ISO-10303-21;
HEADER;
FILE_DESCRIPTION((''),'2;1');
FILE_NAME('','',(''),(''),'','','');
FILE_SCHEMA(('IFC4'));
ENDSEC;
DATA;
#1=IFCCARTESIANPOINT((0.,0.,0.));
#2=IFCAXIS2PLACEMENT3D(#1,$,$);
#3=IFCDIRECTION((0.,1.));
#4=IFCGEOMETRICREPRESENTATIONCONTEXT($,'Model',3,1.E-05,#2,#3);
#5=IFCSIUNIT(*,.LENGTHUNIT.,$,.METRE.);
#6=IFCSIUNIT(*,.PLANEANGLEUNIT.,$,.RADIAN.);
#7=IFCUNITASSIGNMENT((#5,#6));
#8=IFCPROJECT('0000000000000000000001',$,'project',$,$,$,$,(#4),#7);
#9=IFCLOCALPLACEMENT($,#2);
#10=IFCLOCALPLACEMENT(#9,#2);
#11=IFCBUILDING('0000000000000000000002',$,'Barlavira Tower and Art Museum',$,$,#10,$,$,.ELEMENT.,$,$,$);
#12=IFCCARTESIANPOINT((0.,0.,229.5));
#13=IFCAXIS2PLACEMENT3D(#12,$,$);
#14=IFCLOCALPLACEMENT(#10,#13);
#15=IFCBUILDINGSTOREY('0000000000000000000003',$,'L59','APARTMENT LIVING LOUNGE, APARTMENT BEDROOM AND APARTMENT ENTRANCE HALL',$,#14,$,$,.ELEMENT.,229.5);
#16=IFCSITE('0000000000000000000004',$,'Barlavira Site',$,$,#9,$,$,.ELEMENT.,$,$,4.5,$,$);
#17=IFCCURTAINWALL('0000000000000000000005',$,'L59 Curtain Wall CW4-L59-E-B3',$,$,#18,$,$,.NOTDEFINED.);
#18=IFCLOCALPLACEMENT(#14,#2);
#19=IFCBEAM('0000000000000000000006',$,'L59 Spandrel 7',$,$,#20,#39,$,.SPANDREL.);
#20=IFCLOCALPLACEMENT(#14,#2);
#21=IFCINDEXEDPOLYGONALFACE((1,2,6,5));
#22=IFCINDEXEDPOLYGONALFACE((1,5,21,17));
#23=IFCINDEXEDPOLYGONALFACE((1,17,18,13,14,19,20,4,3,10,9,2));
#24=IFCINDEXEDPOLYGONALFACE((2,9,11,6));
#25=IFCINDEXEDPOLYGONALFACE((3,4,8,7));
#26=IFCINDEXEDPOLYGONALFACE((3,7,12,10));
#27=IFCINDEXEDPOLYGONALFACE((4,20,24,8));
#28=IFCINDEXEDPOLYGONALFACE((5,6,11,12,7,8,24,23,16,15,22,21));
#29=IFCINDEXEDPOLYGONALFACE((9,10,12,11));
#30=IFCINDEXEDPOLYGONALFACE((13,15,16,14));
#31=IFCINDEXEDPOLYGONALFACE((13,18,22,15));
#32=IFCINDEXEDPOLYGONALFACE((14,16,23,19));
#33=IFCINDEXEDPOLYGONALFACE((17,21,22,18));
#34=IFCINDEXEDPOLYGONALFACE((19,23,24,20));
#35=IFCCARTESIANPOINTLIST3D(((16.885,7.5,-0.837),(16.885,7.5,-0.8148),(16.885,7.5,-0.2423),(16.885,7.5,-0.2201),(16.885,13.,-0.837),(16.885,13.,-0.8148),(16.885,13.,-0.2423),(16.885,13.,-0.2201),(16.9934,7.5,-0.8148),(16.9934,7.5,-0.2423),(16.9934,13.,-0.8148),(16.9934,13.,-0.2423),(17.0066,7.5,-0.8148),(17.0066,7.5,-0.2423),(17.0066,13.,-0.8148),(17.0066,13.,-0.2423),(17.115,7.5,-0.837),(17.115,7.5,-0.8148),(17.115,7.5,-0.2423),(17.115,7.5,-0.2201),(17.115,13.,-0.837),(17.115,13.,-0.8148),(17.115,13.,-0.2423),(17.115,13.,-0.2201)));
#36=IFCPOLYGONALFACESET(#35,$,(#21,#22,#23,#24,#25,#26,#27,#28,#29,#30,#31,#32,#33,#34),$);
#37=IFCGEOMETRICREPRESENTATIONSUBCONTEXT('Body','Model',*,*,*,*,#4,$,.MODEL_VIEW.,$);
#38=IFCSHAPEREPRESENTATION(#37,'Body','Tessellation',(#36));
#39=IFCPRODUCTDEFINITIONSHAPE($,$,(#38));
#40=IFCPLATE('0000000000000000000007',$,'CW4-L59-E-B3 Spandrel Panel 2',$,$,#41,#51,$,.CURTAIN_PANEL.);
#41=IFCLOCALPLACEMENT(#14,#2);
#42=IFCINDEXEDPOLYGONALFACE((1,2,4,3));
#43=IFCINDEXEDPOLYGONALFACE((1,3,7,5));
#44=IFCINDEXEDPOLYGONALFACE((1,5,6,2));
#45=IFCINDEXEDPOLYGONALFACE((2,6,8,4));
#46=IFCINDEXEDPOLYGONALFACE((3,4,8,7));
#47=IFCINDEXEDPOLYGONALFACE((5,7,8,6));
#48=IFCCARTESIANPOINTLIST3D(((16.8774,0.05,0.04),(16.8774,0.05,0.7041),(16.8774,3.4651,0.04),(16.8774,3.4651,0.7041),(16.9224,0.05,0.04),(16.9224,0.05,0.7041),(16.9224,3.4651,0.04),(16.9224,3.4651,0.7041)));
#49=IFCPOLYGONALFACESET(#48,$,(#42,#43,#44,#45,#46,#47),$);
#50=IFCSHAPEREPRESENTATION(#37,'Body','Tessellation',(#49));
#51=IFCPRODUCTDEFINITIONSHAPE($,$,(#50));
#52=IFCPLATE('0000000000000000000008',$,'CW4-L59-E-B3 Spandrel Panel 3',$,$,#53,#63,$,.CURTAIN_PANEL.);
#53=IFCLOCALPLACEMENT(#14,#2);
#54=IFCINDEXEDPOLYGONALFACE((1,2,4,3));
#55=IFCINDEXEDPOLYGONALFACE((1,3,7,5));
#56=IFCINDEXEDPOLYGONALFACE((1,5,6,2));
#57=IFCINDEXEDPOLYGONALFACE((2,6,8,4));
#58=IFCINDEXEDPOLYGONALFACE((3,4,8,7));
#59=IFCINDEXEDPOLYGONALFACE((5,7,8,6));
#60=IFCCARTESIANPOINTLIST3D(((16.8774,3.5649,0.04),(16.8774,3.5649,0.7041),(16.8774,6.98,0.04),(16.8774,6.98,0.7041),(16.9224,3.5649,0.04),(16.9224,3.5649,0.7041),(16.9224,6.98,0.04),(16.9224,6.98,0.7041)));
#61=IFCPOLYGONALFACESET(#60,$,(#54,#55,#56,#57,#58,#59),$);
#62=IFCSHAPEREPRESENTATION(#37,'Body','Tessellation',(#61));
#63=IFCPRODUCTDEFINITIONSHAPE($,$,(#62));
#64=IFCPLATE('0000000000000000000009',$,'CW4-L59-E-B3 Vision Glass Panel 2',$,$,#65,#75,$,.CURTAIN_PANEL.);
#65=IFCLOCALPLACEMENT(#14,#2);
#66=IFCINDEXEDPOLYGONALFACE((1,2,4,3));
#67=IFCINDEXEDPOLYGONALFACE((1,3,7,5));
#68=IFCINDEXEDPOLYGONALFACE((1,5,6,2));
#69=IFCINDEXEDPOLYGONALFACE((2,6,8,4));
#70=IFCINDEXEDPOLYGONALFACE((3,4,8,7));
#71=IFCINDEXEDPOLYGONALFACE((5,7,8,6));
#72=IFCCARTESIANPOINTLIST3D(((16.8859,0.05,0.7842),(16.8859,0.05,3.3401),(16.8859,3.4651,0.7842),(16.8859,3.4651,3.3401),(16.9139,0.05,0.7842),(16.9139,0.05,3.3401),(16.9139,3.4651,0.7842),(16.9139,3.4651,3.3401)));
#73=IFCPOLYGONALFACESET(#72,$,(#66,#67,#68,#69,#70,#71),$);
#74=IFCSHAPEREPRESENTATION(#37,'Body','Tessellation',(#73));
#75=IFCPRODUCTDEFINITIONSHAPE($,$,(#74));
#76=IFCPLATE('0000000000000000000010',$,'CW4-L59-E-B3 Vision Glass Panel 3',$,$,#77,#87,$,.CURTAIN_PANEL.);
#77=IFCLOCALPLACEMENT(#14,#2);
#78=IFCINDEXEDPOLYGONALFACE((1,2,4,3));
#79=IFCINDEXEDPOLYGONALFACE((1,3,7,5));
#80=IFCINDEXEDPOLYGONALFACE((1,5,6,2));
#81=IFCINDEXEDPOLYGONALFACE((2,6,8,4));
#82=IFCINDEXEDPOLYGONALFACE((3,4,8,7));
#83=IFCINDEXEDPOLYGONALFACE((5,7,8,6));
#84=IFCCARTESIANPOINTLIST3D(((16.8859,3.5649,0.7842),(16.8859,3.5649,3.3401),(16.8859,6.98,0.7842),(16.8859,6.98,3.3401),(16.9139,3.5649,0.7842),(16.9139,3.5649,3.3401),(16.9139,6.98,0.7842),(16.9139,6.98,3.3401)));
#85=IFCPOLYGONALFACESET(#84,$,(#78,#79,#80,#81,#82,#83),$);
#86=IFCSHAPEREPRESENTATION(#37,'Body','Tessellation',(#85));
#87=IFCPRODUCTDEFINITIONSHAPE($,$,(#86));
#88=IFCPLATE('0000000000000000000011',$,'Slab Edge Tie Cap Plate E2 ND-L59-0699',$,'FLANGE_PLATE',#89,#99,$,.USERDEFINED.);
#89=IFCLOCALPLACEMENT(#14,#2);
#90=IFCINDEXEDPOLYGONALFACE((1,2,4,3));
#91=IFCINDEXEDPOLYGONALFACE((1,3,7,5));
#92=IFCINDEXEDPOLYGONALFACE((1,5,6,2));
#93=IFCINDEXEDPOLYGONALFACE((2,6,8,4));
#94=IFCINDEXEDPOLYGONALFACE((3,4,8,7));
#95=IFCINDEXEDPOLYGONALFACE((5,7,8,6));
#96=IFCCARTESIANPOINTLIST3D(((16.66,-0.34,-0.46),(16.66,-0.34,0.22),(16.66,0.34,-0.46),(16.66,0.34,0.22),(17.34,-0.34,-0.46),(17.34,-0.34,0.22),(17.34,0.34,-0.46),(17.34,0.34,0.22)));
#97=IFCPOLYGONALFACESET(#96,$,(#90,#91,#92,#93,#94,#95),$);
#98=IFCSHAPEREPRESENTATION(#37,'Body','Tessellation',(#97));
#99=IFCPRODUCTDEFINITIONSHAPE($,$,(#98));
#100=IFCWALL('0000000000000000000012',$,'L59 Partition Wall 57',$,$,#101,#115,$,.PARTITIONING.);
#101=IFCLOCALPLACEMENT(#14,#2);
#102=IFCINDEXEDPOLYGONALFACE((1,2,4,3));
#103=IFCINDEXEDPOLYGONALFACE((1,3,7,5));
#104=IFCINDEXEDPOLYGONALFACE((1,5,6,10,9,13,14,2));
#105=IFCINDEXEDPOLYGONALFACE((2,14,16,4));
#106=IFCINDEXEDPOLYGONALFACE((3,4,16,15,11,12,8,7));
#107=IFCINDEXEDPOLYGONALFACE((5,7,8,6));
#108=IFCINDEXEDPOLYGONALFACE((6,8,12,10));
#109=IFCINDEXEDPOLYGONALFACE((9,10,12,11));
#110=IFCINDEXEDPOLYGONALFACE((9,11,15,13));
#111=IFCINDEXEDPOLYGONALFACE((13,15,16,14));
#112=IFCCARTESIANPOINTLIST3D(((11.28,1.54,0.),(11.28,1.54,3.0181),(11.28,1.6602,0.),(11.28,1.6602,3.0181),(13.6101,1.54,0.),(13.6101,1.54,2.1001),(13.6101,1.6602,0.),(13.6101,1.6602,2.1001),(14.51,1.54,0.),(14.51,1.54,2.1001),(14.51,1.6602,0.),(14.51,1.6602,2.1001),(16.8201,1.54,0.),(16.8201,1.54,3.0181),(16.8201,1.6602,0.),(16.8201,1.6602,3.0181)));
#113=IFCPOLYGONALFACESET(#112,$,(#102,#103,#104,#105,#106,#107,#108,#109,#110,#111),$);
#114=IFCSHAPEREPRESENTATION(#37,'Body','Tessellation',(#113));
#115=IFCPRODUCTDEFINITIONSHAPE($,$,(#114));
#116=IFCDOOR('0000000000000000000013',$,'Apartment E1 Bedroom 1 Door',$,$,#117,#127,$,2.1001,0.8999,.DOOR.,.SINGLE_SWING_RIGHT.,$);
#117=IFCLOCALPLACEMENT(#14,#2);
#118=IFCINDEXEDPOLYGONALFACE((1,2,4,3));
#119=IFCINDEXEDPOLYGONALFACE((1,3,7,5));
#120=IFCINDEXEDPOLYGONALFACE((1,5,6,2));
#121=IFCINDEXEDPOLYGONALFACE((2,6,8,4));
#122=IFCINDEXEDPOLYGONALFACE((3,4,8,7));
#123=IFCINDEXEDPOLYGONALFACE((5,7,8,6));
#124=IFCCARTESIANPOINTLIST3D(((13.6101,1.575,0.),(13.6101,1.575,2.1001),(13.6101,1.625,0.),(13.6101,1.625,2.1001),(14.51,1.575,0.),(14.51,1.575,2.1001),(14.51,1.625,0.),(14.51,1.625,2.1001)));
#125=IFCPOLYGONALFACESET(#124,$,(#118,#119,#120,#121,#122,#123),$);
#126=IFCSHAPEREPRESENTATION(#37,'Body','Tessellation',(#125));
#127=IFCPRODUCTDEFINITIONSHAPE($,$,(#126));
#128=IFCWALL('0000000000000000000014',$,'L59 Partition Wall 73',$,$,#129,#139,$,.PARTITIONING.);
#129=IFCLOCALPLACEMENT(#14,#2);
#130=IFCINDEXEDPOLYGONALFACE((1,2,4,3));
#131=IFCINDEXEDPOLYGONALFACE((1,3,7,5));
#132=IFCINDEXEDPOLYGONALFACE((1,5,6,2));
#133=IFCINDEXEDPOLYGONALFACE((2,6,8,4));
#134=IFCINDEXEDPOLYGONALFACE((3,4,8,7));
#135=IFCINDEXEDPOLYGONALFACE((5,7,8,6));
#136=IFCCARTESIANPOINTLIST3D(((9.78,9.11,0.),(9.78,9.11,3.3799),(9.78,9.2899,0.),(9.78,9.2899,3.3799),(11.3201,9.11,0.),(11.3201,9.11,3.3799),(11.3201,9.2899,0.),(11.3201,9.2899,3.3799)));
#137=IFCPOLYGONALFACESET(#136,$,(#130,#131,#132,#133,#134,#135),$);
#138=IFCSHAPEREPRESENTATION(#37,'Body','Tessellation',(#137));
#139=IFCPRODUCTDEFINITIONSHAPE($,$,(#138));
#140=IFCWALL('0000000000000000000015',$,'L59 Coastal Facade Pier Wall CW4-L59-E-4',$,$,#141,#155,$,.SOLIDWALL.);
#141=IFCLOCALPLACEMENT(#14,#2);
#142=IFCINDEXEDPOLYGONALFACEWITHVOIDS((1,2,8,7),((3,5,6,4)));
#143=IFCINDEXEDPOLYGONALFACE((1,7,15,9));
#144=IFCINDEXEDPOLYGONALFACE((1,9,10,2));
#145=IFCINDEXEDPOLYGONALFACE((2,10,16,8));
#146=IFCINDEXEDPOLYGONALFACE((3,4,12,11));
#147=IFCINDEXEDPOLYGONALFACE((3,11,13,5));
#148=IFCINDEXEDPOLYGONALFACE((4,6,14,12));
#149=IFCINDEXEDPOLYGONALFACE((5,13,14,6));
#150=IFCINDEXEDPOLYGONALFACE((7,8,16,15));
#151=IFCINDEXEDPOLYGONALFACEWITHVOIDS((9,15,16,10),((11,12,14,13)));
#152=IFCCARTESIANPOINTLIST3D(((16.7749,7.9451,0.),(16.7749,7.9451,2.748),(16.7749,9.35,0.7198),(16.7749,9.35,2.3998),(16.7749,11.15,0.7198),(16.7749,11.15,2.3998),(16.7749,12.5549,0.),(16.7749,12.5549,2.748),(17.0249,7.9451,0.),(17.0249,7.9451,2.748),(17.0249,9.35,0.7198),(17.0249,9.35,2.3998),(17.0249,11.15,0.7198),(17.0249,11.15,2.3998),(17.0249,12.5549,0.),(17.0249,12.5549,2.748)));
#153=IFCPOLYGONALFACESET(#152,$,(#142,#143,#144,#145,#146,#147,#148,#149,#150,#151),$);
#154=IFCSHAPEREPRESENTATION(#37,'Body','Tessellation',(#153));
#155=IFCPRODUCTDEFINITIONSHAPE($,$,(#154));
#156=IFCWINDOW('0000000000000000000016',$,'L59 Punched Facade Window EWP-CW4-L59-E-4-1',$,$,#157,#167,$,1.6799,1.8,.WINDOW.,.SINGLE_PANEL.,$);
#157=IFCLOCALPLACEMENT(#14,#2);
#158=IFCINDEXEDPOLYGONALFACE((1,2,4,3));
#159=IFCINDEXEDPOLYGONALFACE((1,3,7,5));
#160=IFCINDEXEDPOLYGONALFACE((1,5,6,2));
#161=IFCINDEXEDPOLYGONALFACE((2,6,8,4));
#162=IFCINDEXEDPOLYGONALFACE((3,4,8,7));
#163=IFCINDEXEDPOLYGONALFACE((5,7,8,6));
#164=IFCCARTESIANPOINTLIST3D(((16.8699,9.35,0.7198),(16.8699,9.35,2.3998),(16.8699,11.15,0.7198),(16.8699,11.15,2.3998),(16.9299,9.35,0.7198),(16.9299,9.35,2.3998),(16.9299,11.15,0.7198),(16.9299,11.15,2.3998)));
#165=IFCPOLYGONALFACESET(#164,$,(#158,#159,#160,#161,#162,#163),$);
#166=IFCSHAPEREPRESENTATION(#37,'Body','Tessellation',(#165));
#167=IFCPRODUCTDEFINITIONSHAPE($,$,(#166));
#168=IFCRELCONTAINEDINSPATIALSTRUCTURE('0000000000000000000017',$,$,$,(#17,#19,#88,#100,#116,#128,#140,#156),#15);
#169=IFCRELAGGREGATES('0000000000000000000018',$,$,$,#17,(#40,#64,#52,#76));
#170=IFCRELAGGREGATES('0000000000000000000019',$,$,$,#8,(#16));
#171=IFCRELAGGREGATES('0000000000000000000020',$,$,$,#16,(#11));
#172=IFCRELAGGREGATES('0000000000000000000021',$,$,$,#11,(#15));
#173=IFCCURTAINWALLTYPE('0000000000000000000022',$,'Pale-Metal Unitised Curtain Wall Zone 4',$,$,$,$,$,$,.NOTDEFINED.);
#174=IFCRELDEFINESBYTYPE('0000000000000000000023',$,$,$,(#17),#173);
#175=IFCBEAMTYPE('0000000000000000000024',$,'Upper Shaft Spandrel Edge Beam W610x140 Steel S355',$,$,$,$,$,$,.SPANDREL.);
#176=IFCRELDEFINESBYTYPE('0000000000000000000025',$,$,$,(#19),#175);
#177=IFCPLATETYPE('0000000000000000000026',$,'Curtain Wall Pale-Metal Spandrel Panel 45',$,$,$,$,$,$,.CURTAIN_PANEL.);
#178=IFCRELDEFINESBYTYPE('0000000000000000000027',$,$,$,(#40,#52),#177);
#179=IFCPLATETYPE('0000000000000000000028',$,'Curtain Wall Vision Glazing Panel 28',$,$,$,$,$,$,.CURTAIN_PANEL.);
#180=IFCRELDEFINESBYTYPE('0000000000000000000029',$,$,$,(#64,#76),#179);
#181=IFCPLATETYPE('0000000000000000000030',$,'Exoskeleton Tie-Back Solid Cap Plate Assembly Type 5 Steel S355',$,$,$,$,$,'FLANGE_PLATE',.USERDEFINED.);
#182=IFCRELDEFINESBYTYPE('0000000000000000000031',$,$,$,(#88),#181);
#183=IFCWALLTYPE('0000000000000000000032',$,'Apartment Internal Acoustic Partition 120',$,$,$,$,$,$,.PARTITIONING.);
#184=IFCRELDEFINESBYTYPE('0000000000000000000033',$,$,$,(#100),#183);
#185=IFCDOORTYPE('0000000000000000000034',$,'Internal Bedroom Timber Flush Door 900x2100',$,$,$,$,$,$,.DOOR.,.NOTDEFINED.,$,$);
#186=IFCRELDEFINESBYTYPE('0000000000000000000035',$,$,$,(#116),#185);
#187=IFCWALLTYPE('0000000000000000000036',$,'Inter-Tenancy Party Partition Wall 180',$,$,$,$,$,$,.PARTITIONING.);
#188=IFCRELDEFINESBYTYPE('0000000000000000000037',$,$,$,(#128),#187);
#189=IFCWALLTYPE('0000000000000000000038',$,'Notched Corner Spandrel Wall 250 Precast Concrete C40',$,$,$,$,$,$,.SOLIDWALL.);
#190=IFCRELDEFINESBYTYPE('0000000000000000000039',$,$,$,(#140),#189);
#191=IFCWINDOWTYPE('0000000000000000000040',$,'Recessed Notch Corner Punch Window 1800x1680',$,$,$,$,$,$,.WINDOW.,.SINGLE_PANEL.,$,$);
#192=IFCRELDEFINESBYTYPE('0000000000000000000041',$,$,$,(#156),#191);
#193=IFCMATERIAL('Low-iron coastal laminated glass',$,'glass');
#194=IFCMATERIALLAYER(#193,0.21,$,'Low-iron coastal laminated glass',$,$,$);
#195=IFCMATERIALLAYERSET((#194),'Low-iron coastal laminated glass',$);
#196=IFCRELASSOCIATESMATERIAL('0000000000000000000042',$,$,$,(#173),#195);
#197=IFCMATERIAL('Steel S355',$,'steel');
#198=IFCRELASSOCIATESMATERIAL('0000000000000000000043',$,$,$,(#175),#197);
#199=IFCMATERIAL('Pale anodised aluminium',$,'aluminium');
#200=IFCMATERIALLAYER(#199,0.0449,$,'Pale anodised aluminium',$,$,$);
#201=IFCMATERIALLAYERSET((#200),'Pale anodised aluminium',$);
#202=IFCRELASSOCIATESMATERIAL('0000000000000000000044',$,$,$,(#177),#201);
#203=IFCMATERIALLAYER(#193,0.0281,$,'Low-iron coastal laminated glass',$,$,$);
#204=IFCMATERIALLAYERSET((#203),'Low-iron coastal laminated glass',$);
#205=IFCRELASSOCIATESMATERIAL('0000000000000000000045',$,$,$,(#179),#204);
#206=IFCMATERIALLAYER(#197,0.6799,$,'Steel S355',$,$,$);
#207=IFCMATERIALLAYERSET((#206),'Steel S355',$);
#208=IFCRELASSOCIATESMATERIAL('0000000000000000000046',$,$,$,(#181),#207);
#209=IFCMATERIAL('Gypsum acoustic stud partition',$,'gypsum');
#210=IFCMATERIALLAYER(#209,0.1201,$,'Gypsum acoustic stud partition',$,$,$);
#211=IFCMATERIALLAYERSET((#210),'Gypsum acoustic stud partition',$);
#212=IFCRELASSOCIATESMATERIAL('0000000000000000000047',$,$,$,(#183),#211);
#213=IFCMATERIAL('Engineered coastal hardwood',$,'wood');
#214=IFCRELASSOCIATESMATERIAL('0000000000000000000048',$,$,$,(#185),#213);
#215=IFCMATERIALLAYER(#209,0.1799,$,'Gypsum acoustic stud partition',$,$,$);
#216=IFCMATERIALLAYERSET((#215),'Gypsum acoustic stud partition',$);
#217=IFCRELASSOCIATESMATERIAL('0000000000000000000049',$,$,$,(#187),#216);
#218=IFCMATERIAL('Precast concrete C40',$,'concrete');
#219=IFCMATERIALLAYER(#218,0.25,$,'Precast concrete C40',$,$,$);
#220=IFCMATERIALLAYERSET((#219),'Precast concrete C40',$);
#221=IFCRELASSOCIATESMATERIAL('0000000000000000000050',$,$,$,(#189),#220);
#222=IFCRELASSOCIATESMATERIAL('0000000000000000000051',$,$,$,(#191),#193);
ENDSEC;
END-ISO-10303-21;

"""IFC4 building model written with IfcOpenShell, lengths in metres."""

from ifc_helpers import new_model, si_unit, direction, frame, frame_2d, origin, origin_2d, place, context, subcontext, project, spatial, rectangle, i_section, extrude, material, layer, layer_set, material_profile, profile_set, type_object, element, fill, aggregate, save


model = new_model("IFC4")

# Units and contexts
model_context = context("Model", 3, precision=1e-05, world=origin(), true_north=direction((0.0, 1.0)))
body_context = subcontext(model_context, "Body", "Model", "MODEL_VIEW")
ifc_project = project(units=[si_unit("LENGTHUNIT", "METRE"), si_unit("PLANEANGLEUNIT", "RADIAN")], contexts=[model_context])

# Site, building, storey
site_placement = place(None, origin())
site = spatial("IfcSite", under=ifc_project, at=site_placement, Name="Barlavira Site", CompositionType="ELEMENT", RefElevation=4.5)
building_placement = place(site_placement, origin())
building = spatial("IfcBuilding", under=site, at=building_placement, Name="Barlavira Tower and Art Museum", CompositionType="ELEMENT")
storey_placement = place(building_placement, frame((0.0, 0.0, 229.5)))
storey = spatial("IfcBuildingStorey", under=building, at=storey_placement, Name="L59", Description="APARTMENT LIVING LOUNGE, APARTMENT BEDROOM AND APARTMENT ENTRANCE HALL", CompositionType="ELEMENT", Elevation=229.5)

# Curtain wall
ifc_material_1 = material(Name="Low-iron coastal laminated glass", Category="glass")
ifc_layer_1 = layer(ifc_material_1, 0.21, Name="Low-iron coastal laminated glass")
ifc_layer_set_1 = layer_set([ifc_layer_1], Name="Low-iron coastal laminated glass")
curtain_wall_type = type_object("IfcCurtainWallType", Name="Pale-Metal Unitised Curtain Wall Zone 4", PredefinedType="NOTDEFINED", material=ifc_layer_set_1)
curtain_wall_placement = place(storey_placement, origin())
curtain_wall = element("IfcCurtainWall", 1, at=curtain_wall_placement, inside=storey, type_object=curtain_wall_type, Name="L59 Curtain Wall CW4-L59-E-B3", PredefinedType="NOTDEFINED")
ifc_material_2 = material(Name="Pale anodised aluminium", Category="aluminium")

# Shared definitions
ifc_material_3 = material(Name="Steel S355", Category="steel")

# Beam
ifc_material_profile_1 = material_profile(ifc_material_3, i_section(OverallWidth=0.23, OverallDepth=0.6169, WebThickness=0.0132, FlangeThickness=0.0222, at=origin_2d()), Name="W610x140.0")
ifc_profile_set_1 = profile_set([ifc_material_profile_1], Name="Steel S355")
beam_type = type_object("IfcBeamType", Name="Upper Shaft Spandrel Edge Beam W610x140 Steel S355", PredefinedType="SPANDREL", material=ifc_profile_set_1)
beam_placement = place(storey_placement, frame((17.0, 7.5, -0.5286), z_axis=(0.0, 1.0, 0.0), x_axis=(-1.0, 0.0, 0.0)))
element("IfcBeam", 2, at=beam_placement, inside=storey, type_object=beam_type, Name="L59 Spandrel 7", PredefinedType="SPANDREL", context=body_context, shape_type="SweptSolid", body=[
    extrude(i_section(OverallWidth=0.23, OverallDepth=0.6169, WebThickness=0.0132, FlangeThickness=0.0222, at=origin_2d()), origin(), (0.0, 0.0, 1.0), 5.5),
])

# Plates
ifc_layer_2 = layer(ifc_material_2, 0.0449, Name="Pale anodised aluminium")
ifc_layer_set_2 = layer_set([ifc_layer_2], Name="Pale anodised aluminium")
plate_type_1 = type_object("IfcPlateType", Name="Curtain Wall Pale-Metal Spandrel Panel 45", PredefinedType="CURTAIN_PANEL", material=ifc_layer_set_2)
plate_1_placement = place(storey_placement, frame((16.8999, 1.7576, 0.04), z_axis=(0.0, 0.0, 1.0), x_axis=(0.0, 1.0, 0.0)))
plate_1 = element("IfcPlate", 3, at=plate_1_placement, type_object=plate_type_1, Name="CW4-L59-E-B3 Spandrel Panel 2", PredefinedType="CURTAIN_PANEL", context=body_context, shape_type="SweptSolid", body=[
    extrude(rectangle(XDim=3.415, YDim=0.0449, at=origin_2d()), origin(), (0.0, 0.0, 1.0), 0.6641),
])
plate_2_placement = place(storey_placement, frame((16.8999, 5.2725, 0.04), z_axis=(0.0, 0.0, 1.0), x_axis=(0.0, 1.0, 0.0)))
plate_2 = element("IfcPlate", 4, at=plate_2_placement, type_object=plate_type_1, Name="CW4-L59-E-B3 Spandrel Panel 3", PredefinedType="CURTAIN_PANEL", context=body_context, shape_type="SweptSolid", body=[
    extrude(rectangle(XDim=3.415, YDim=0.0449, at=origin_2d()), origin(), (0.0, 0.0, 1.0), 0.6641),
])
ifc_layer_3 = layer(ifc_material_1, 0.0281, Name="Low-iron coastal laminated glass")
ifc_layer_set_3 = layer_set([ifc_layer_3], Name="Low-iron coastal laminated glass")
plate_type_2 = type_object("IfcPlateType", Name="Curtain Wall Vision Glazing Panel 28", PredefinedType="CURTAIN_PANEL", material=ifc_layer_set_3)
plate_3_placement = place(storey_placement, frame((16.8999, 1.7576, 0.7842), z_axis=(0.0, 0.0, 1.0), x_axis=(0.0, 1.0, 0.0)))
plate_3 = element("IfcPlate", 5, at=plate_3_placement, type_object=plate_type_2, Name="CW4-L59-E-B3 Vision Glass Panel 2", PredefinedType="CURTAIN_PANEL", context=body_context, shape_type="SweptSolid", body=[
    extrude(rectangle(XDim=3.415, YDim=0.0281, at=origin_2d()), origin(), (0.0, 0.0, 1.0), 2.5559),
])
plate_4_placement = place(storey_placement, frame((16.8999, 5.2725, 0.7842), z_axis=(0.0, 0.0, 1.0), x_axis=(0.0, 1.0, 0.0)))
plate_4 = element("IfcPlate", 6, at=plate_4_placement, type_object=plate_type_2, Name="CW4-L59-E-B3 Vision Glass Panel 3", PredefinedType="CURTAIN_PANEL", context=body_context, shape_type="SweptSolid", body=[
    extrude(rectangle(XDim=3.415, YDim=0.0281, at=origin_2d()), origin(), (0.0, 0.0, 1.0), 2.5559),
])
aggregate(curtain_wall, [plate_1, plate_3, plate_2, plate_4])
ifc_layer_4 = layer(ifc_material_3, 0.6799, Name="Steel S355")
ifc_layer_set_4 = layer_set([ifc_layer_4], Name="Steel S355")
plate_type_3 = type_object("IfcPlateType", Name="Exoskeleton Tie-Back Solid Cap Plate Assembly Type 5 Steel S355", ElementType="FLANGE_PLATE", PredefinedType="USERDEFINED", material=ifc_layer_set_4)
plate_5_placement = place(storey_placement, frame((17.0, 0.0, -0.46), z_axis=(0.0, 0.0, 1.0), x_axis=(1.0, 0.0, 0.0)))
element("IfcPlate", 7, at=plate_5_placement, inside=storey, type_object=plate_type_3, Name="Slab Edge Tie Cap Plate E2 ND-L59-0699", ObjectType="FLANGE_PLATE", PredefinedType="USERDEFINED", context=body_context, shape_type="SweptSolid", body=[
    extrude(rectangle(XDim=0.6799, YDim=0.6799, at=origin_2d()), origin(), (0.0, 0.0, 1.0), 0.6799),
])

# Wall, opening, door
ifc_material_4 = material(Name="Gypsum acoustic stud partition", Category="gypsum")
ifc_layer_5 = layer(ifc_material_4, 0.1201, Name="Gypsum acoustic stud partition")
ifc_layer_set_5 = layer_set([ifc_layer_5], Name="Gypsum acoustic stud partition")
wall_type_1 = type_object("IfcWallType", Name="Apartment Internal Acoustic Partition 120", PredefinedType="PARTITIONING", material=ifc_layer_set_5)
wall_1_placement = place(storey_placement, frame((11.28, 1.6001, 0.0), z_axis=(0.0, 0.0, 1.0), x_axis=(1.0, 0.0, 0.0)))
wall_1 = element("IfcWall", 8, at=wall_1_placement, inside=storey, type_object=wall_type_1, Name="L59 Partition Wall 57", PredefinedType="PARTITIONING", context=body_context, shape_type="SweptSolid", body=[
    extrude(rectangle(XDim=5.54, YDim=0.1201, at=frame_2d((2.77, 0.0))), origin(), (0.0, 0.0, 1.0), 3.0181),
])
opening_1_placement = place(wall_1_placement, frame((2.3301, 0.0, 0.0)))
opening_1 = element("IfcOpeningElement", 9, at=opening_1_placement, cuts=wall_1, PredefinedType="OPENING", context=body_context, shape_type="SweptSolid", body=[
    extrude(rectangle(XDim=0.8999, YDim=2.1001, at=frame_2d((0.45, 1.05))), frame((0.0, 0.0701, 0.0), z_axis=(0.0, -1.0, 0.0), x_axis=(1.0, 0.0, 0.0)), (0.0, 0.0, 1.0), 0.1401),
])
ifc_material_5 = material(Name="Engineered coastal hardwood", Category="wood")
door_type = type_object("IfcDoorType", Name="Internal Bedroom Timber Flush Door 900x2100", OperationType="NOTDEFINED", PredefinedType="DOOR", material=ifc_material_5)
door_placement = place(opening_1_placement, origin())
door = element("IfcDoor", 10, at=door_placement, inside=storey, type_object=door_type, Name="Apartment E1 Bedroom 1 Door", OperationType="SINGLE_SWING_RIGHT", OverallHeight=2.1001, OverallWidth=0.8999, PredefinedType="DOOR", context=body_context, shape_type="SweptSolid", body=[
    extrude(rectangle(XDim=0.8999, YDim=2.1001, at=frame_2d((0.45, 1.05))), frame((0.0, 0.0249, 0.0), z_axis=(0.0, -1.0, 0.0), x_axis=(1.0, 0.0, 0.0)), (0.0, 0.0, 1.0), 0.05),
])
fill(opening_1, door)

# Wall
ifc_layer_6 = layer(ifc_material_4, 0.1799, Name="Gypsum acoustic stud partition")
ifc_layer_set_6 = layer_set([ifc_layer_6], Name="Gypsum acoustic stud partition")
wall_type_2 = type_object("IfcWallType", Name="Inter-Tenancy Party Partition Wall 180", PredefinedType="PARTITIONING", material=ifc_layer_set_6)
wall_2_placement = place(storey_placement, frame((9.78, 9.2, 0.0), z_axis=(0.0, 0.0, 1.0), x_axis=(1.0, 0.0, 0.0)))
element("IfcWall", 11, at=wall_2_placement, inside=storey, type_object=wall_type_2, Name="L59 Partition Wall 73", PredefinedType="PARTITIONING", context=body_context, shape_type="SweptSolid", body=[
    extrude(rectangle(XDim=1.54, YDim=0.1799, at=frame_2d((0.77, 0.0))), origin(), (0.0, 0.0, 1.0), 3.3799),
])

# Wall, opening, window
ifc_material_6 = material(Name="Precast concrete C40", Category="concrete")
ifc_layer_7 = layer(ifc_material_6, 0.25, Name="Precast concrete C40")
ifc_layer_set_7 = layer_set([ifc_layer_7], Name="Precast concrete C40")
wall_type_3 = type_object("IfcWallType", Name="Notched Corner Spandrel Wall 250 Precast Concrete C40", PredefinedType="SOLIDWALL", material=ifc_layer_set_7)
wall_3_placement = place(storey_placement, frame((16.8999, 7.9451, 0.0), z_axis=(0.0, 0.0, 1.0), x_axis=(0.0, 1.0, 0.0)))
wall_3 = element("IfcWall", 12, at=wall_3_placement, inside=storey, type_object=wall_type_3, Name="L59 Coastal Facade Pier Wall CW4-L59-E-4", PredefinedType="SOLIDWALL", context=body_context, shape_type="SweptSolid", body=[
    extrude(rectangle(XDim=4.6099, YDim=0.25, at=frame_2d((2.3049, 0.0))), origin(), (0.0, 0.0, 1.0), 2.748),
])
opening_2_placement = place(wall_3_placement, frame((1.405, 0.0, 0.72)))
opening_2 = element("IfcOpeningElement", 13, at=opening_2_placement, cuts=wall_3, PredefinedType="OPENING", context=body_context, shape_type="SweptSolid", body=[
    extrude(rectangle(XDim=1.8, YDim=1.6799, at=frame_2d((0.8999, 0.8398))), frame((0.0, 0.135, 0.0), z_axis=(0.0, -1.0, 0.0), x_axis=(1.0, 0.0, 0.0)), (0.0, 0.0, 1.0), 0.27),
])
window_type = type_object("IfcWindowType", Name="Recessed Notch Corner Punch Window 1800x1680", PartitioningType="SINGLE_PANEL", PredefinedType="WINDOW", material=ifc_material_1)
window_placement = place(opening_2_placement, origin())
window = element("IfcWindow", 14, at=window_placement, inside=storey, type_object=window_type, Name="L59 Punched Facade Window EWP-CW4-L59-E-4-1", OverallHeight=1.6799, OverallWidth=1.8, PartitioningType="SINGLE_PANEL", PredefinedType="WINDOW", context=body_context, shape_type="SweptSolid", body=[
    extrude(rectangle(XDim=1.8, YDim=1.6799, at=frame_2d((0.8999, 0.8398))), frame((0.0, 0.03, 0.0), z_axis=(0.0, -1.0, 0.0), x_axis=(1.0, 0.0, 0.0)), (0.0, 0.0, 1.0), 0.0601),
])
fill(opening_2, window)

save(model, "model.ifc")
